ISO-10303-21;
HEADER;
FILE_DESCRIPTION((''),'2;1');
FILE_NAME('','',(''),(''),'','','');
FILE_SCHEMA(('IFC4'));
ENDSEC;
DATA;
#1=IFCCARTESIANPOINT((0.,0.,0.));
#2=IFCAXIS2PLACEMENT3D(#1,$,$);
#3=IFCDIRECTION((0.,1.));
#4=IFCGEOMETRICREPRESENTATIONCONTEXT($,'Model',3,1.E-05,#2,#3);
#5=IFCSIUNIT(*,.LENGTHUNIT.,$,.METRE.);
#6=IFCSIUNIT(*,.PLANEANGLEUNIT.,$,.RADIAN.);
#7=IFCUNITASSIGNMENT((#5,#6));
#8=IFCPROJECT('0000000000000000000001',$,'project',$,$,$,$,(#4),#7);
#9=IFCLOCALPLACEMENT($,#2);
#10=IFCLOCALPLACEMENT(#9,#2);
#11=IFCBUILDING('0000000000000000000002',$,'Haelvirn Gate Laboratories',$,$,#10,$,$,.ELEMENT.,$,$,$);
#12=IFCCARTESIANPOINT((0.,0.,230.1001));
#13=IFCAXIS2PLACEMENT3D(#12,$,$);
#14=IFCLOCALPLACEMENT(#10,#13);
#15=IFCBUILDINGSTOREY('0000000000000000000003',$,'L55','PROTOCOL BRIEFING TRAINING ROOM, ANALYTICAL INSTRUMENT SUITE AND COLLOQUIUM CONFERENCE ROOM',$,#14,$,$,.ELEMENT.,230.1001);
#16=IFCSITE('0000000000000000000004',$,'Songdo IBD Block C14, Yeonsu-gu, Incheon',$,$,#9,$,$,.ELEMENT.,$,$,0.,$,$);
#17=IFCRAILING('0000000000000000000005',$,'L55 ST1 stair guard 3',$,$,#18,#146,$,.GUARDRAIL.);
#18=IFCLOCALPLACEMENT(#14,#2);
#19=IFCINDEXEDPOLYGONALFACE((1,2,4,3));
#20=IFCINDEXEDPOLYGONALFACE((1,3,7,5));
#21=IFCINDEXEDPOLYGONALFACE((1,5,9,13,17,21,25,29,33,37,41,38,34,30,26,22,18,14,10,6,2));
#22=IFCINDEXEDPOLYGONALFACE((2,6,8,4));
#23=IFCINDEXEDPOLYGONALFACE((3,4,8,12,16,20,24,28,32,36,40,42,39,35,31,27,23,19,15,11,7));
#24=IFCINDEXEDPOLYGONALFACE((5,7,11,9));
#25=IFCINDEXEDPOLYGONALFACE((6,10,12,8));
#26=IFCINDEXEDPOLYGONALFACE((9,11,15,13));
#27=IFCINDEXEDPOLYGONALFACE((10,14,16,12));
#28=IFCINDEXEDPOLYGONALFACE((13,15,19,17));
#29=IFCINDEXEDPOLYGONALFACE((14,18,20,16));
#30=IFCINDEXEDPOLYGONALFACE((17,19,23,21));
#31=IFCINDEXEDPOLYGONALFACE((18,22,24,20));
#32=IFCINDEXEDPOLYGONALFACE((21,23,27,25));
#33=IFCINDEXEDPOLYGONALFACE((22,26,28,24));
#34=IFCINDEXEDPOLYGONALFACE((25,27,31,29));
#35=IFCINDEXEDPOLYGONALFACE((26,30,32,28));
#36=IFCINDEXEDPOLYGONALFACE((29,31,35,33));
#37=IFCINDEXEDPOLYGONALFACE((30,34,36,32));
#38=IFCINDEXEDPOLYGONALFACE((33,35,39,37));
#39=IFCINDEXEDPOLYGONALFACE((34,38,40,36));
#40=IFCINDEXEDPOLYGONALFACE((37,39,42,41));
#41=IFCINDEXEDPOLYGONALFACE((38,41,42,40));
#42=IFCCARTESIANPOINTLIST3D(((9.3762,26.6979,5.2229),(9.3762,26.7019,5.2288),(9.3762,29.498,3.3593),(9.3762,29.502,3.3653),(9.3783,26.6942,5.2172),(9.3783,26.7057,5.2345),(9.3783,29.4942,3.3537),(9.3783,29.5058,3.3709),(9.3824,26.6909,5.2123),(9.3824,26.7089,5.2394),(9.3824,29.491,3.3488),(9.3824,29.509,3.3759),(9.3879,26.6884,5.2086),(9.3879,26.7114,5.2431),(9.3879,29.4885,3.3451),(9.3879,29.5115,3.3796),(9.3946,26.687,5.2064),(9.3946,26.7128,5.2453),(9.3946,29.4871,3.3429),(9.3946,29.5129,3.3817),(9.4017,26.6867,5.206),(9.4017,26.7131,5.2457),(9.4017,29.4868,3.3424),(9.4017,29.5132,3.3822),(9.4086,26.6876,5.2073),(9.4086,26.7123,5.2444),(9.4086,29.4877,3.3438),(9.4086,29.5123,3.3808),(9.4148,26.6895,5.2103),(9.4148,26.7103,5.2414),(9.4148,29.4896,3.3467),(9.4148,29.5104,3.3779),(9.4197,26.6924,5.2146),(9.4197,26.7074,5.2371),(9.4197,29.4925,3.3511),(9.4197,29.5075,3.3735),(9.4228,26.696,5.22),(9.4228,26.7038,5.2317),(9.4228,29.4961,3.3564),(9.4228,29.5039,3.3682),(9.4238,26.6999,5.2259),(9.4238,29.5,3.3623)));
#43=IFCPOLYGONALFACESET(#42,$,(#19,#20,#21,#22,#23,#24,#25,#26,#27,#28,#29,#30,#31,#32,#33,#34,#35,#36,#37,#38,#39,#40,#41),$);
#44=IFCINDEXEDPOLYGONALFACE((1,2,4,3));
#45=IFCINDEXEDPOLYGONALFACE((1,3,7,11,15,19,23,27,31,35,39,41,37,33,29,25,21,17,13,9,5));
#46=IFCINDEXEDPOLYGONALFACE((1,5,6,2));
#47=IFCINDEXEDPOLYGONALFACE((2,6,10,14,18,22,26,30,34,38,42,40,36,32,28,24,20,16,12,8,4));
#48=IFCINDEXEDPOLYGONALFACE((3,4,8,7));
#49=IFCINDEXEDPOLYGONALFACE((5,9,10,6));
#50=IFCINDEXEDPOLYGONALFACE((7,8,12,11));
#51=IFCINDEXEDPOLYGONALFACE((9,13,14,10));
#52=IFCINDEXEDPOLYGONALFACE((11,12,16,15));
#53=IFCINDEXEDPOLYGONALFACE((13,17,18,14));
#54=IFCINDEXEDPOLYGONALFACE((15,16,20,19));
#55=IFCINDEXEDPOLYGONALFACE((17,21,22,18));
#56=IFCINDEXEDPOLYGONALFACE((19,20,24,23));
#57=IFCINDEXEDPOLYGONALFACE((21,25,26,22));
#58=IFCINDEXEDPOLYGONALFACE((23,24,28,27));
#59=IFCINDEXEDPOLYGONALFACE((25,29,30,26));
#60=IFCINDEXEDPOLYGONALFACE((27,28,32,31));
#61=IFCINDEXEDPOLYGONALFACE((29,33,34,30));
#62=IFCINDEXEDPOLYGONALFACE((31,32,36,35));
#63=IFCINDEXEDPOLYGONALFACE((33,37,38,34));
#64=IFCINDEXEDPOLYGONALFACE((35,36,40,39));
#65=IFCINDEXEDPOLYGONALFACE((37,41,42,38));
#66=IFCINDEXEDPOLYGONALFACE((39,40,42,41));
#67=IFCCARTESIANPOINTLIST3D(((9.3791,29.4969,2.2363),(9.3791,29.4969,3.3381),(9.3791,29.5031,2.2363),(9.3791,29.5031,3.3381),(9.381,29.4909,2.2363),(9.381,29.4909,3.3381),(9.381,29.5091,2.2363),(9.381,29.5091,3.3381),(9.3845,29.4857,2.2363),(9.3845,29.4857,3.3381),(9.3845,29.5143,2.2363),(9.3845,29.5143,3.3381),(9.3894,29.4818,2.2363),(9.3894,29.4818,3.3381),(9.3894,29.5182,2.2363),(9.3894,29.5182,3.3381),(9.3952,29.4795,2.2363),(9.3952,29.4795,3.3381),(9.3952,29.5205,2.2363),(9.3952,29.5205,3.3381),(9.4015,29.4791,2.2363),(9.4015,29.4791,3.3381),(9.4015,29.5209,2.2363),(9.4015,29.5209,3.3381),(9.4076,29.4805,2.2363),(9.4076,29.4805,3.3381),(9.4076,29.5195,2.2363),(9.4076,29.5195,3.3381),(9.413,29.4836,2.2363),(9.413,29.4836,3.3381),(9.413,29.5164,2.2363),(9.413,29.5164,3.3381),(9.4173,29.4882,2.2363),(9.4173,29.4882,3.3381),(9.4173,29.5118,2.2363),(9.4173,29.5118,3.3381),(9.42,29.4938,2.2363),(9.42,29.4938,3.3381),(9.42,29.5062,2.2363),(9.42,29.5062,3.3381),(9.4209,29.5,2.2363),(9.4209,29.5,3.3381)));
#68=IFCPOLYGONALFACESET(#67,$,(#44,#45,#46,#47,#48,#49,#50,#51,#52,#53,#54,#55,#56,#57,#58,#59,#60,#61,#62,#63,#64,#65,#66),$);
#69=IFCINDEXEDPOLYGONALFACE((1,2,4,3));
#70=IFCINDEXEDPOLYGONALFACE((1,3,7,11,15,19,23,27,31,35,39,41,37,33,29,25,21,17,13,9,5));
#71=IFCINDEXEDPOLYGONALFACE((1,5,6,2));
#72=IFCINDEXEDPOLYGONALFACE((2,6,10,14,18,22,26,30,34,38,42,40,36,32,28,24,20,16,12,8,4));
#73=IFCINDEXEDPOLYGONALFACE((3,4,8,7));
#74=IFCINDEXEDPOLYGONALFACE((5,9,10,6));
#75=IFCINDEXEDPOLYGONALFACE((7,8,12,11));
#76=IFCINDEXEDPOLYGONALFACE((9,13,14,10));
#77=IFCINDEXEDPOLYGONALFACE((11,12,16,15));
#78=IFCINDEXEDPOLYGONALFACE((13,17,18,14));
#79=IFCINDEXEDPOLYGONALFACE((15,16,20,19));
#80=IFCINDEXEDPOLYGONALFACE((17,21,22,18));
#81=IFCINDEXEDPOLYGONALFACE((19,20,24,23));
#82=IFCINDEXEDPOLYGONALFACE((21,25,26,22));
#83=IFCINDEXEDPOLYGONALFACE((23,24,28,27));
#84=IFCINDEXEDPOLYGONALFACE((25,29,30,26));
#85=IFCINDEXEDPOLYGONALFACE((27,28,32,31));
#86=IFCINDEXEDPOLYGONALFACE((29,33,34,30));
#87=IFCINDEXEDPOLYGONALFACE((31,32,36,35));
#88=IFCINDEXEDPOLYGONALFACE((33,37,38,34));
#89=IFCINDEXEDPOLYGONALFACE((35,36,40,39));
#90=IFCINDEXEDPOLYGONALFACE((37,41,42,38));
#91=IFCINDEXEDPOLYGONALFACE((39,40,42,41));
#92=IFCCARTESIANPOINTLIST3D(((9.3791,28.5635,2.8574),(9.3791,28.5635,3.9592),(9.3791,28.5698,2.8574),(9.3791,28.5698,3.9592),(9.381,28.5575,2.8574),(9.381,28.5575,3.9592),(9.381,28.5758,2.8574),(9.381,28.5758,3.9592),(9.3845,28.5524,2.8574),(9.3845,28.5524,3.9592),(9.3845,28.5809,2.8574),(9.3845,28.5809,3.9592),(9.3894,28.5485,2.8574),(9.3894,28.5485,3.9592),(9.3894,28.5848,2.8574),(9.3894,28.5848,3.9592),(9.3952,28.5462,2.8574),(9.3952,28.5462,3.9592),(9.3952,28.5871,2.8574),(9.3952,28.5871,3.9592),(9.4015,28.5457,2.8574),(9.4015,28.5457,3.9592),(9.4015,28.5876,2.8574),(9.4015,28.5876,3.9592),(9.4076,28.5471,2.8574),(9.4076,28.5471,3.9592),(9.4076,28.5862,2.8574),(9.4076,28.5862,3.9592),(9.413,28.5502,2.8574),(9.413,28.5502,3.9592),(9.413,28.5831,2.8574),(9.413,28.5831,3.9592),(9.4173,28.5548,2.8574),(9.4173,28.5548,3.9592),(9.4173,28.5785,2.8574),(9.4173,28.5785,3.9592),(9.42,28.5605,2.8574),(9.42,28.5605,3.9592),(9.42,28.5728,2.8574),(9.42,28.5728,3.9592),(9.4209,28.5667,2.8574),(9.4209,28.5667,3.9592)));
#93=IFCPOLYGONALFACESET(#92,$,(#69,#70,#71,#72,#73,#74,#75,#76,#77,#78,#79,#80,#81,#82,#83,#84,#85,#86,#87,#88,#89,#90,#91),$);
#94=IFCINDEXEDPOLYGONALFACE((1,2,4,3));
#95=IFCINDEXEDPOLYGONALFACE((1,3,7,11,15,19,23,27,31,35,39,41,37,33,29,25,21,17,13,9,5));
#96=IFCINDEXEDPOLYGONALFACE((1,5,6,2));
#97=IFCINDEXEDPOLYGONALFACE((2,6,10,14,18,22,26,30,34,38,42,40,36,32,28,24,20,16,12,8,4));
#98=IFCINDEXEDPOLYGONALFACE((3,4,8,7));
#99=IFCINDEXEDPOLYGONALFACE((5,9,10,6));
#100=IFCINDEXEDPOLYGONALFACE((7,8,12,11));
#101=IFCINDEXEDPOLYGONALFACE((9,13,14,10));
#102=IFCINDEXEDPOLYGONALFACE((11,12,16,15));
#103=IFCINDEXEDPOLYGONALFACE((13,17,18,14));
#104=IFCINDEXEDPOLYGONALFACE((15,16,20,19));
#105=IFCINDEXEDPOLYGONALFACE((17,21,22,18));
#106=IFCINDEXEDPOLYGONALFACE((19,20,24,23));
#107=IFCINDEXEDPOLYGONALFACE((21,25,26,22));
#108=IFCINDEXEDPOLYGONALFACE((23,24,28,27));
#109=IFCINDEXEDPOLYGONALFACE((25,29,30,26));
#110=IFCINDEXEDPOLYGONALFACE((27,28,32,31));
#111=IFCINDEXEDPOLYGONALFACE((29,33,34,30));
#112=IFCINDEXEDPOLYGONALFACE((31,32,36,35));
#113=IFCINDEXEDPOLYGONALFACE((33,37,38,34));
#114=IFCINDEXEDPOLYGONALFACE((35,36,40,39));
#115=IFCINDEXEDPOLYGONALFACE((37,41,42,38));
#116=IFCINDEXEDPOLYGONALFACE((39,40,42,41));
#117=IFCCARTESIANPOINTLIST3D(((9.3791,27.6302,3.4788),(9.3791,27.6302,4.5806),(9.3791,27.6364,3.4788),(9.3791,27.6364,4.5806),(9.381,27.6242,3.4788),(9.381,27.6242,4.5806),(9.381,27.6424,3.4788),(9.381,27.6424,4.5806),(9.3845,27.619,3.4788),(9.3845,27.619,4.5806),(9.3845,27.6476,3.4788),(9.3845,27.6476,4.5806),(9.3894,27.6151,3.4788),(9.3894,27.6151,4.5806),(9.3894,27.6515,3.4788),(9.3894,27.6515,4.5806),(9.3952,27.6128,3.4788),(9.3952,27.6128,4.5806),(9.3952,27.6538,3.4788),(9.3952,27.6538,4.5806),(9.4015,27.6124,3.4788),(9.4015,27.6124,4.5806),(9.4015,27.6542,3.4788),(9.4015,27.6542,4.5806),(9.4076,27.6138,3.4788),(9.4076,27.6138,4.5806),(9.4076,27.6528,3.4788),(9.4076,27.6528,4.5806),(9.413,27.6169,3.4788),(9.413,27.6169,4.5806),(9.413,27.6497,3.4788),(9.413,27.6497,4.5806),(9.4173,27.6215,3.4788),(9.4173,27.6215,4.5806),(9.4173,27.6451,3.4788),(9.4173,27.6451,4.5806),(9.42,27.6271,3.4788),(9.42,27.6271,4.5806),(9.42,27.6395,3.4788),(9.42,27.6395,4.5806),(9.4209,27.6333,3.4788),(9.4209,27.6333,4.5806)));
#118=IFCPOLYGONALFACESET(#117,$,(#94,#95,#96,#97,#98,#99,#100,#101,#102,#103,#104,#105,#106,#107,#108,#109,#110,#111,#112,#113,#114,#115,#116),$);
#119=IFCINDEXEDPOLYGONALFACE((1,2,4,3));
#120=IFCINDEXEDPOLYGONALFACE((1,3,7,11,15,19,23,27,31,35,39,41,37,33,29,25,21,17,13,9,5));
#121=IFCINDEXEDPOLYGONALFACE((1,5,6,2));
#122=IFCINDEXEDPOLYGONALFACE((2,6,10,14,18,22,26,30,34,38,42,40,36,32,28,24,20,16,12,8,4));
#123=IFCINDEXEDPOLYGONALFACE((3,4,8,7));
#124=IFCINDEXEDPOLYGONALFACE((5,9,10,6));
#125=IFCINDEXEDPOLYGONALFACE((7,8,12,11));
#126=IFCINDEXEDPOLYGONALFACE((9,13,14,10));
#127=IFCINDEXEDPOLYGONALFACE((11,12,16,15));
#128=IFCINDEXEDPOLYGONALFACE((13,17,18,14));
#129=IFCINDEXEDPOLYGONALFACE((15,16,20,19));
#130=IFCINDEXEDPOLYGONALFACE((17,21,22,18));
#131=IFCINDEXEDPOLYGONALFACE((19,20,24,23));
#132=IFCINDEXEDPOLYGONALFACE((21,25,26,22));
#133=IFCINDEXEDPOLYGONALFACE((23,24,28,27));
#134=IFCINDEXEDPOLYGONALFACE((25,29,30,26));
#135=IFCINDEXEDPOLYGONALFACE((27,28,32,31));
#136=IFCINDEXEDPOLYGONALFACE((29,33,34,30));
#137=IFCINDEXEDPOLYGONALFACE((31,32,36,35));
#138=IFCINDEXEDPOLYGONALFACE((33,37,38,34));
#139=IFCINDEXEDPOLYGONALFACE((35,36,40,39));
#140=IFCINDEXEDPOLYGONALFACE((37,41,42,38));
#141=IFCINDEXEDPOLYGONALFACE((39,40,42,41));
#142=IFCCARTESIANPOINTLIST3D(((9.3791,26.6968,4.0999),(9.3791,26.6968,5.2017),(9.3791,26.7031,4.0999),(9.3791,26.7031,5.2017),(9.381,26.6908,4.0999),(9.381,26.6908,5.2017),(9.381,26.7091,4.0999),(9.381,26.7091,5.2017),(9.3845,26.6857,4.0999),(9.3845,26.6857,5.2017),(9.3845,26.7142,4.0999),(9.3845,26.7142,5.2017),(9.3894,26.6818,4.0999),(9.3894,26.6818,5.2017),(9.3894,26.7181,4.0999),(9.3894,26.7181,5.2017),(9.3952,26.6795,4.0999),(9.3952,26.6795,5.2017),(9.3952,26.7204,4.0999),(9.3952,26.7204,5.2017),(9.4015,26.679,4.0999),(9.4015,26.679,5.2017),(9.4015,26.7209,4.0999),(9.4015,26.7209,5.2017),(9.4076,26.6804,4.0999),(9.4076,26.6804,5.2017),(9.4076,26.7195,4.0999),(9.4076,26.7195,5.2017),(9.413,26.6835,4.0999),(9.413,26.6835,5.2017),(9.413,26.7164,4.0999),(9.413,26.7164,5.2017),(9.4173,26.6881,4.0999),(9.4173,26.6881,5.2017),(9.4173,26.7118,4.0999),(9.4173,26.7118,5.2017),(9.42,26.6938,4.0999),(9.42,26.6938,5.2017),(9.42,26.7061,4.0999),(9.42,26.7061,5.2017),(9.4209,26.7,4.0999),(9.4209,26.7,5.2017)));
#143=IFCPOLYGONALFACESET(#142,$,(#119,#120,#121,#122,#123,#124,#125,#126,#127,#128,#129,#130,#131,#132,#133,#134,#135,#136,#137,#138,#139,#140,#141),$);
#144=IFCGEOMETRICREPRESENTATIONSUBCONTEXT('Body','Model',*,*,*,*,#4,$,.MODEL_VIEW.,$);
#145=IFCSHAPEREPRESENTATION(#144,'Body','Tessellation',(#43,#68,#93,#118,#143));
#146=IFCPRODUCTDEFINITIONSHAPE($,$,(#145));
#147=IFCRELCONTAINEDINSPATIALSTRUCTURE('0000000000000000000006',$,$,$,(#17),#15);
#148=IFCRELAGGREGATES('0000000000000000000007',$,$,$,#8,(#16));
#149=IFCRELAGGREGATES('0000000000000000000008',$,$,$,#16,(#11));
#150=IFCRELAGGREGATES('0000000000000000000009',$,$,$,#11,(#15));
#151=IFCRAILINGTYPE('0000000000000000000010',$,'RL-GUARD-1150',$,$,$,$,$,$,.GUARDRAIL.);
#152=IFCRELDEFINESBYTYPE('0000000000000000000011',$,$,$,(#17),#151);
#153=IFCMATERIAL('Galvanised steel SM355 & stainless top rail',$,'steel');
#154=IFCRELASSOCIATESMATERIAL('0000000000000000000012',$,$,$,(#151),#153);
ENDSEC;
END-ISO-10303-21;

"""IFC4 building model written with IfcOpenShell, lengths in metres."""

from ifc_helpers import new_model, si_unit, direction, frame, origin, origin_2d, place, context, subcontext, project, spatial, circle, extrude, source, transform, mapped, material, type_object, element, save


model = new_model("IFC4")

# Units and contexts
model_context = context("Model", 3, precision=1e-05, world=origin(), true_north=direction((0.0, 1.0)))
body_context = subcontext(model_context, "Body", "Model", "MODEL_VIEW")
ifc_project = project(units=[si_unit("LENGTHUNIT", "METRE"), si_unit("PLANEANGLEUNIT", "RADIAN")], contexts=[model_context])

# Site, building, storey
site_placement = place(None, origin())
site = spatial("IfcSite", under=ifc_project, at=site_placement, Name="Songdo IBD Block C14, Yeonsu-gu, Incheon", CompositionType="ELEMENT", RefElevation=0.0)
building_placement = place(site_placement, origin())
building = spatial("IfcBuilding", under=site, at=building_placement, Name="Haelvirn Gate Laboratories", CompositionType="ELEMENT")
storey_placement = place(building_placement, frame((0.0, 0.0, 230.1001)))
storey = spatial("IfcBuildingStorey", under=building, at=storey_placement, Name="L55", Description="PROTOCOL BRIEFING TRAINING ROOM, ANALYTICAL INSTRUMENT SUITE AND COLLOQUIUM CONFERENCE ROOM", CompositionType="ELEMENT", Elevation=230.1001)

# Railing
ifc_material_1 = material(Name="Galvanised steel SM355 & stainless top rail", Category="steel")
railing_type_1 = type_object("IfcRailingType", Name="RL-GUARD-1150", PredefinedType="GUARDRAIL", material=ifc_material_1)
shared_shape_1 = source(origin(), body_context, "Body", "SweptSolid", [
    extrude(circle(Radius=0.0239, at=origin_2d()), frame((0.0, 0.0, 1.126), z_axis=(0.0, -0.832486, 0.554047), x_axis=(1.0, 0.0, 0.0)), (0.0, 0.0, 1.0), 3.3635),
    extrude(circle(Radius=0.021, at=origin_2d()), origin(), (0.0, 0.0, 1.0), 1.1018),
    extrude(circle(Radius=0.021, at=origin_2d()), frame((0.0, -0.9333, 0.6211)), (0.0, 0.0, 1.0), 1.1018),
    extrude(circle(Radius=0.021, at=origin_2d()), frame((0.0, -1.8667, 1.2424)), (0.0, 0.0, 1.0), 1.1018),
    extrude(circle(Radius=0.021, at=origin_2d()), frame((0.0, -2.8, 1.8635)), (0.0, 0.0, 1.0), 1.1018),
])
railing_1_placement = place(storey_placement, frame((9.3999, 29.5, 2.2363)))
element("IfcRailing", 1, at=railing_1_placement, inside=storey, type_object=railing_type_1, Name="L55 ST1 stair guard 3", PredefinedType="GUARDRAIL", context=body_context, shape_type="MappedRepresentation", body=[
    mapped(shared_shape_1, transform((0.0, 0.0, 0.0), scale=1.0)),
])

save(model, "model.ifc")
